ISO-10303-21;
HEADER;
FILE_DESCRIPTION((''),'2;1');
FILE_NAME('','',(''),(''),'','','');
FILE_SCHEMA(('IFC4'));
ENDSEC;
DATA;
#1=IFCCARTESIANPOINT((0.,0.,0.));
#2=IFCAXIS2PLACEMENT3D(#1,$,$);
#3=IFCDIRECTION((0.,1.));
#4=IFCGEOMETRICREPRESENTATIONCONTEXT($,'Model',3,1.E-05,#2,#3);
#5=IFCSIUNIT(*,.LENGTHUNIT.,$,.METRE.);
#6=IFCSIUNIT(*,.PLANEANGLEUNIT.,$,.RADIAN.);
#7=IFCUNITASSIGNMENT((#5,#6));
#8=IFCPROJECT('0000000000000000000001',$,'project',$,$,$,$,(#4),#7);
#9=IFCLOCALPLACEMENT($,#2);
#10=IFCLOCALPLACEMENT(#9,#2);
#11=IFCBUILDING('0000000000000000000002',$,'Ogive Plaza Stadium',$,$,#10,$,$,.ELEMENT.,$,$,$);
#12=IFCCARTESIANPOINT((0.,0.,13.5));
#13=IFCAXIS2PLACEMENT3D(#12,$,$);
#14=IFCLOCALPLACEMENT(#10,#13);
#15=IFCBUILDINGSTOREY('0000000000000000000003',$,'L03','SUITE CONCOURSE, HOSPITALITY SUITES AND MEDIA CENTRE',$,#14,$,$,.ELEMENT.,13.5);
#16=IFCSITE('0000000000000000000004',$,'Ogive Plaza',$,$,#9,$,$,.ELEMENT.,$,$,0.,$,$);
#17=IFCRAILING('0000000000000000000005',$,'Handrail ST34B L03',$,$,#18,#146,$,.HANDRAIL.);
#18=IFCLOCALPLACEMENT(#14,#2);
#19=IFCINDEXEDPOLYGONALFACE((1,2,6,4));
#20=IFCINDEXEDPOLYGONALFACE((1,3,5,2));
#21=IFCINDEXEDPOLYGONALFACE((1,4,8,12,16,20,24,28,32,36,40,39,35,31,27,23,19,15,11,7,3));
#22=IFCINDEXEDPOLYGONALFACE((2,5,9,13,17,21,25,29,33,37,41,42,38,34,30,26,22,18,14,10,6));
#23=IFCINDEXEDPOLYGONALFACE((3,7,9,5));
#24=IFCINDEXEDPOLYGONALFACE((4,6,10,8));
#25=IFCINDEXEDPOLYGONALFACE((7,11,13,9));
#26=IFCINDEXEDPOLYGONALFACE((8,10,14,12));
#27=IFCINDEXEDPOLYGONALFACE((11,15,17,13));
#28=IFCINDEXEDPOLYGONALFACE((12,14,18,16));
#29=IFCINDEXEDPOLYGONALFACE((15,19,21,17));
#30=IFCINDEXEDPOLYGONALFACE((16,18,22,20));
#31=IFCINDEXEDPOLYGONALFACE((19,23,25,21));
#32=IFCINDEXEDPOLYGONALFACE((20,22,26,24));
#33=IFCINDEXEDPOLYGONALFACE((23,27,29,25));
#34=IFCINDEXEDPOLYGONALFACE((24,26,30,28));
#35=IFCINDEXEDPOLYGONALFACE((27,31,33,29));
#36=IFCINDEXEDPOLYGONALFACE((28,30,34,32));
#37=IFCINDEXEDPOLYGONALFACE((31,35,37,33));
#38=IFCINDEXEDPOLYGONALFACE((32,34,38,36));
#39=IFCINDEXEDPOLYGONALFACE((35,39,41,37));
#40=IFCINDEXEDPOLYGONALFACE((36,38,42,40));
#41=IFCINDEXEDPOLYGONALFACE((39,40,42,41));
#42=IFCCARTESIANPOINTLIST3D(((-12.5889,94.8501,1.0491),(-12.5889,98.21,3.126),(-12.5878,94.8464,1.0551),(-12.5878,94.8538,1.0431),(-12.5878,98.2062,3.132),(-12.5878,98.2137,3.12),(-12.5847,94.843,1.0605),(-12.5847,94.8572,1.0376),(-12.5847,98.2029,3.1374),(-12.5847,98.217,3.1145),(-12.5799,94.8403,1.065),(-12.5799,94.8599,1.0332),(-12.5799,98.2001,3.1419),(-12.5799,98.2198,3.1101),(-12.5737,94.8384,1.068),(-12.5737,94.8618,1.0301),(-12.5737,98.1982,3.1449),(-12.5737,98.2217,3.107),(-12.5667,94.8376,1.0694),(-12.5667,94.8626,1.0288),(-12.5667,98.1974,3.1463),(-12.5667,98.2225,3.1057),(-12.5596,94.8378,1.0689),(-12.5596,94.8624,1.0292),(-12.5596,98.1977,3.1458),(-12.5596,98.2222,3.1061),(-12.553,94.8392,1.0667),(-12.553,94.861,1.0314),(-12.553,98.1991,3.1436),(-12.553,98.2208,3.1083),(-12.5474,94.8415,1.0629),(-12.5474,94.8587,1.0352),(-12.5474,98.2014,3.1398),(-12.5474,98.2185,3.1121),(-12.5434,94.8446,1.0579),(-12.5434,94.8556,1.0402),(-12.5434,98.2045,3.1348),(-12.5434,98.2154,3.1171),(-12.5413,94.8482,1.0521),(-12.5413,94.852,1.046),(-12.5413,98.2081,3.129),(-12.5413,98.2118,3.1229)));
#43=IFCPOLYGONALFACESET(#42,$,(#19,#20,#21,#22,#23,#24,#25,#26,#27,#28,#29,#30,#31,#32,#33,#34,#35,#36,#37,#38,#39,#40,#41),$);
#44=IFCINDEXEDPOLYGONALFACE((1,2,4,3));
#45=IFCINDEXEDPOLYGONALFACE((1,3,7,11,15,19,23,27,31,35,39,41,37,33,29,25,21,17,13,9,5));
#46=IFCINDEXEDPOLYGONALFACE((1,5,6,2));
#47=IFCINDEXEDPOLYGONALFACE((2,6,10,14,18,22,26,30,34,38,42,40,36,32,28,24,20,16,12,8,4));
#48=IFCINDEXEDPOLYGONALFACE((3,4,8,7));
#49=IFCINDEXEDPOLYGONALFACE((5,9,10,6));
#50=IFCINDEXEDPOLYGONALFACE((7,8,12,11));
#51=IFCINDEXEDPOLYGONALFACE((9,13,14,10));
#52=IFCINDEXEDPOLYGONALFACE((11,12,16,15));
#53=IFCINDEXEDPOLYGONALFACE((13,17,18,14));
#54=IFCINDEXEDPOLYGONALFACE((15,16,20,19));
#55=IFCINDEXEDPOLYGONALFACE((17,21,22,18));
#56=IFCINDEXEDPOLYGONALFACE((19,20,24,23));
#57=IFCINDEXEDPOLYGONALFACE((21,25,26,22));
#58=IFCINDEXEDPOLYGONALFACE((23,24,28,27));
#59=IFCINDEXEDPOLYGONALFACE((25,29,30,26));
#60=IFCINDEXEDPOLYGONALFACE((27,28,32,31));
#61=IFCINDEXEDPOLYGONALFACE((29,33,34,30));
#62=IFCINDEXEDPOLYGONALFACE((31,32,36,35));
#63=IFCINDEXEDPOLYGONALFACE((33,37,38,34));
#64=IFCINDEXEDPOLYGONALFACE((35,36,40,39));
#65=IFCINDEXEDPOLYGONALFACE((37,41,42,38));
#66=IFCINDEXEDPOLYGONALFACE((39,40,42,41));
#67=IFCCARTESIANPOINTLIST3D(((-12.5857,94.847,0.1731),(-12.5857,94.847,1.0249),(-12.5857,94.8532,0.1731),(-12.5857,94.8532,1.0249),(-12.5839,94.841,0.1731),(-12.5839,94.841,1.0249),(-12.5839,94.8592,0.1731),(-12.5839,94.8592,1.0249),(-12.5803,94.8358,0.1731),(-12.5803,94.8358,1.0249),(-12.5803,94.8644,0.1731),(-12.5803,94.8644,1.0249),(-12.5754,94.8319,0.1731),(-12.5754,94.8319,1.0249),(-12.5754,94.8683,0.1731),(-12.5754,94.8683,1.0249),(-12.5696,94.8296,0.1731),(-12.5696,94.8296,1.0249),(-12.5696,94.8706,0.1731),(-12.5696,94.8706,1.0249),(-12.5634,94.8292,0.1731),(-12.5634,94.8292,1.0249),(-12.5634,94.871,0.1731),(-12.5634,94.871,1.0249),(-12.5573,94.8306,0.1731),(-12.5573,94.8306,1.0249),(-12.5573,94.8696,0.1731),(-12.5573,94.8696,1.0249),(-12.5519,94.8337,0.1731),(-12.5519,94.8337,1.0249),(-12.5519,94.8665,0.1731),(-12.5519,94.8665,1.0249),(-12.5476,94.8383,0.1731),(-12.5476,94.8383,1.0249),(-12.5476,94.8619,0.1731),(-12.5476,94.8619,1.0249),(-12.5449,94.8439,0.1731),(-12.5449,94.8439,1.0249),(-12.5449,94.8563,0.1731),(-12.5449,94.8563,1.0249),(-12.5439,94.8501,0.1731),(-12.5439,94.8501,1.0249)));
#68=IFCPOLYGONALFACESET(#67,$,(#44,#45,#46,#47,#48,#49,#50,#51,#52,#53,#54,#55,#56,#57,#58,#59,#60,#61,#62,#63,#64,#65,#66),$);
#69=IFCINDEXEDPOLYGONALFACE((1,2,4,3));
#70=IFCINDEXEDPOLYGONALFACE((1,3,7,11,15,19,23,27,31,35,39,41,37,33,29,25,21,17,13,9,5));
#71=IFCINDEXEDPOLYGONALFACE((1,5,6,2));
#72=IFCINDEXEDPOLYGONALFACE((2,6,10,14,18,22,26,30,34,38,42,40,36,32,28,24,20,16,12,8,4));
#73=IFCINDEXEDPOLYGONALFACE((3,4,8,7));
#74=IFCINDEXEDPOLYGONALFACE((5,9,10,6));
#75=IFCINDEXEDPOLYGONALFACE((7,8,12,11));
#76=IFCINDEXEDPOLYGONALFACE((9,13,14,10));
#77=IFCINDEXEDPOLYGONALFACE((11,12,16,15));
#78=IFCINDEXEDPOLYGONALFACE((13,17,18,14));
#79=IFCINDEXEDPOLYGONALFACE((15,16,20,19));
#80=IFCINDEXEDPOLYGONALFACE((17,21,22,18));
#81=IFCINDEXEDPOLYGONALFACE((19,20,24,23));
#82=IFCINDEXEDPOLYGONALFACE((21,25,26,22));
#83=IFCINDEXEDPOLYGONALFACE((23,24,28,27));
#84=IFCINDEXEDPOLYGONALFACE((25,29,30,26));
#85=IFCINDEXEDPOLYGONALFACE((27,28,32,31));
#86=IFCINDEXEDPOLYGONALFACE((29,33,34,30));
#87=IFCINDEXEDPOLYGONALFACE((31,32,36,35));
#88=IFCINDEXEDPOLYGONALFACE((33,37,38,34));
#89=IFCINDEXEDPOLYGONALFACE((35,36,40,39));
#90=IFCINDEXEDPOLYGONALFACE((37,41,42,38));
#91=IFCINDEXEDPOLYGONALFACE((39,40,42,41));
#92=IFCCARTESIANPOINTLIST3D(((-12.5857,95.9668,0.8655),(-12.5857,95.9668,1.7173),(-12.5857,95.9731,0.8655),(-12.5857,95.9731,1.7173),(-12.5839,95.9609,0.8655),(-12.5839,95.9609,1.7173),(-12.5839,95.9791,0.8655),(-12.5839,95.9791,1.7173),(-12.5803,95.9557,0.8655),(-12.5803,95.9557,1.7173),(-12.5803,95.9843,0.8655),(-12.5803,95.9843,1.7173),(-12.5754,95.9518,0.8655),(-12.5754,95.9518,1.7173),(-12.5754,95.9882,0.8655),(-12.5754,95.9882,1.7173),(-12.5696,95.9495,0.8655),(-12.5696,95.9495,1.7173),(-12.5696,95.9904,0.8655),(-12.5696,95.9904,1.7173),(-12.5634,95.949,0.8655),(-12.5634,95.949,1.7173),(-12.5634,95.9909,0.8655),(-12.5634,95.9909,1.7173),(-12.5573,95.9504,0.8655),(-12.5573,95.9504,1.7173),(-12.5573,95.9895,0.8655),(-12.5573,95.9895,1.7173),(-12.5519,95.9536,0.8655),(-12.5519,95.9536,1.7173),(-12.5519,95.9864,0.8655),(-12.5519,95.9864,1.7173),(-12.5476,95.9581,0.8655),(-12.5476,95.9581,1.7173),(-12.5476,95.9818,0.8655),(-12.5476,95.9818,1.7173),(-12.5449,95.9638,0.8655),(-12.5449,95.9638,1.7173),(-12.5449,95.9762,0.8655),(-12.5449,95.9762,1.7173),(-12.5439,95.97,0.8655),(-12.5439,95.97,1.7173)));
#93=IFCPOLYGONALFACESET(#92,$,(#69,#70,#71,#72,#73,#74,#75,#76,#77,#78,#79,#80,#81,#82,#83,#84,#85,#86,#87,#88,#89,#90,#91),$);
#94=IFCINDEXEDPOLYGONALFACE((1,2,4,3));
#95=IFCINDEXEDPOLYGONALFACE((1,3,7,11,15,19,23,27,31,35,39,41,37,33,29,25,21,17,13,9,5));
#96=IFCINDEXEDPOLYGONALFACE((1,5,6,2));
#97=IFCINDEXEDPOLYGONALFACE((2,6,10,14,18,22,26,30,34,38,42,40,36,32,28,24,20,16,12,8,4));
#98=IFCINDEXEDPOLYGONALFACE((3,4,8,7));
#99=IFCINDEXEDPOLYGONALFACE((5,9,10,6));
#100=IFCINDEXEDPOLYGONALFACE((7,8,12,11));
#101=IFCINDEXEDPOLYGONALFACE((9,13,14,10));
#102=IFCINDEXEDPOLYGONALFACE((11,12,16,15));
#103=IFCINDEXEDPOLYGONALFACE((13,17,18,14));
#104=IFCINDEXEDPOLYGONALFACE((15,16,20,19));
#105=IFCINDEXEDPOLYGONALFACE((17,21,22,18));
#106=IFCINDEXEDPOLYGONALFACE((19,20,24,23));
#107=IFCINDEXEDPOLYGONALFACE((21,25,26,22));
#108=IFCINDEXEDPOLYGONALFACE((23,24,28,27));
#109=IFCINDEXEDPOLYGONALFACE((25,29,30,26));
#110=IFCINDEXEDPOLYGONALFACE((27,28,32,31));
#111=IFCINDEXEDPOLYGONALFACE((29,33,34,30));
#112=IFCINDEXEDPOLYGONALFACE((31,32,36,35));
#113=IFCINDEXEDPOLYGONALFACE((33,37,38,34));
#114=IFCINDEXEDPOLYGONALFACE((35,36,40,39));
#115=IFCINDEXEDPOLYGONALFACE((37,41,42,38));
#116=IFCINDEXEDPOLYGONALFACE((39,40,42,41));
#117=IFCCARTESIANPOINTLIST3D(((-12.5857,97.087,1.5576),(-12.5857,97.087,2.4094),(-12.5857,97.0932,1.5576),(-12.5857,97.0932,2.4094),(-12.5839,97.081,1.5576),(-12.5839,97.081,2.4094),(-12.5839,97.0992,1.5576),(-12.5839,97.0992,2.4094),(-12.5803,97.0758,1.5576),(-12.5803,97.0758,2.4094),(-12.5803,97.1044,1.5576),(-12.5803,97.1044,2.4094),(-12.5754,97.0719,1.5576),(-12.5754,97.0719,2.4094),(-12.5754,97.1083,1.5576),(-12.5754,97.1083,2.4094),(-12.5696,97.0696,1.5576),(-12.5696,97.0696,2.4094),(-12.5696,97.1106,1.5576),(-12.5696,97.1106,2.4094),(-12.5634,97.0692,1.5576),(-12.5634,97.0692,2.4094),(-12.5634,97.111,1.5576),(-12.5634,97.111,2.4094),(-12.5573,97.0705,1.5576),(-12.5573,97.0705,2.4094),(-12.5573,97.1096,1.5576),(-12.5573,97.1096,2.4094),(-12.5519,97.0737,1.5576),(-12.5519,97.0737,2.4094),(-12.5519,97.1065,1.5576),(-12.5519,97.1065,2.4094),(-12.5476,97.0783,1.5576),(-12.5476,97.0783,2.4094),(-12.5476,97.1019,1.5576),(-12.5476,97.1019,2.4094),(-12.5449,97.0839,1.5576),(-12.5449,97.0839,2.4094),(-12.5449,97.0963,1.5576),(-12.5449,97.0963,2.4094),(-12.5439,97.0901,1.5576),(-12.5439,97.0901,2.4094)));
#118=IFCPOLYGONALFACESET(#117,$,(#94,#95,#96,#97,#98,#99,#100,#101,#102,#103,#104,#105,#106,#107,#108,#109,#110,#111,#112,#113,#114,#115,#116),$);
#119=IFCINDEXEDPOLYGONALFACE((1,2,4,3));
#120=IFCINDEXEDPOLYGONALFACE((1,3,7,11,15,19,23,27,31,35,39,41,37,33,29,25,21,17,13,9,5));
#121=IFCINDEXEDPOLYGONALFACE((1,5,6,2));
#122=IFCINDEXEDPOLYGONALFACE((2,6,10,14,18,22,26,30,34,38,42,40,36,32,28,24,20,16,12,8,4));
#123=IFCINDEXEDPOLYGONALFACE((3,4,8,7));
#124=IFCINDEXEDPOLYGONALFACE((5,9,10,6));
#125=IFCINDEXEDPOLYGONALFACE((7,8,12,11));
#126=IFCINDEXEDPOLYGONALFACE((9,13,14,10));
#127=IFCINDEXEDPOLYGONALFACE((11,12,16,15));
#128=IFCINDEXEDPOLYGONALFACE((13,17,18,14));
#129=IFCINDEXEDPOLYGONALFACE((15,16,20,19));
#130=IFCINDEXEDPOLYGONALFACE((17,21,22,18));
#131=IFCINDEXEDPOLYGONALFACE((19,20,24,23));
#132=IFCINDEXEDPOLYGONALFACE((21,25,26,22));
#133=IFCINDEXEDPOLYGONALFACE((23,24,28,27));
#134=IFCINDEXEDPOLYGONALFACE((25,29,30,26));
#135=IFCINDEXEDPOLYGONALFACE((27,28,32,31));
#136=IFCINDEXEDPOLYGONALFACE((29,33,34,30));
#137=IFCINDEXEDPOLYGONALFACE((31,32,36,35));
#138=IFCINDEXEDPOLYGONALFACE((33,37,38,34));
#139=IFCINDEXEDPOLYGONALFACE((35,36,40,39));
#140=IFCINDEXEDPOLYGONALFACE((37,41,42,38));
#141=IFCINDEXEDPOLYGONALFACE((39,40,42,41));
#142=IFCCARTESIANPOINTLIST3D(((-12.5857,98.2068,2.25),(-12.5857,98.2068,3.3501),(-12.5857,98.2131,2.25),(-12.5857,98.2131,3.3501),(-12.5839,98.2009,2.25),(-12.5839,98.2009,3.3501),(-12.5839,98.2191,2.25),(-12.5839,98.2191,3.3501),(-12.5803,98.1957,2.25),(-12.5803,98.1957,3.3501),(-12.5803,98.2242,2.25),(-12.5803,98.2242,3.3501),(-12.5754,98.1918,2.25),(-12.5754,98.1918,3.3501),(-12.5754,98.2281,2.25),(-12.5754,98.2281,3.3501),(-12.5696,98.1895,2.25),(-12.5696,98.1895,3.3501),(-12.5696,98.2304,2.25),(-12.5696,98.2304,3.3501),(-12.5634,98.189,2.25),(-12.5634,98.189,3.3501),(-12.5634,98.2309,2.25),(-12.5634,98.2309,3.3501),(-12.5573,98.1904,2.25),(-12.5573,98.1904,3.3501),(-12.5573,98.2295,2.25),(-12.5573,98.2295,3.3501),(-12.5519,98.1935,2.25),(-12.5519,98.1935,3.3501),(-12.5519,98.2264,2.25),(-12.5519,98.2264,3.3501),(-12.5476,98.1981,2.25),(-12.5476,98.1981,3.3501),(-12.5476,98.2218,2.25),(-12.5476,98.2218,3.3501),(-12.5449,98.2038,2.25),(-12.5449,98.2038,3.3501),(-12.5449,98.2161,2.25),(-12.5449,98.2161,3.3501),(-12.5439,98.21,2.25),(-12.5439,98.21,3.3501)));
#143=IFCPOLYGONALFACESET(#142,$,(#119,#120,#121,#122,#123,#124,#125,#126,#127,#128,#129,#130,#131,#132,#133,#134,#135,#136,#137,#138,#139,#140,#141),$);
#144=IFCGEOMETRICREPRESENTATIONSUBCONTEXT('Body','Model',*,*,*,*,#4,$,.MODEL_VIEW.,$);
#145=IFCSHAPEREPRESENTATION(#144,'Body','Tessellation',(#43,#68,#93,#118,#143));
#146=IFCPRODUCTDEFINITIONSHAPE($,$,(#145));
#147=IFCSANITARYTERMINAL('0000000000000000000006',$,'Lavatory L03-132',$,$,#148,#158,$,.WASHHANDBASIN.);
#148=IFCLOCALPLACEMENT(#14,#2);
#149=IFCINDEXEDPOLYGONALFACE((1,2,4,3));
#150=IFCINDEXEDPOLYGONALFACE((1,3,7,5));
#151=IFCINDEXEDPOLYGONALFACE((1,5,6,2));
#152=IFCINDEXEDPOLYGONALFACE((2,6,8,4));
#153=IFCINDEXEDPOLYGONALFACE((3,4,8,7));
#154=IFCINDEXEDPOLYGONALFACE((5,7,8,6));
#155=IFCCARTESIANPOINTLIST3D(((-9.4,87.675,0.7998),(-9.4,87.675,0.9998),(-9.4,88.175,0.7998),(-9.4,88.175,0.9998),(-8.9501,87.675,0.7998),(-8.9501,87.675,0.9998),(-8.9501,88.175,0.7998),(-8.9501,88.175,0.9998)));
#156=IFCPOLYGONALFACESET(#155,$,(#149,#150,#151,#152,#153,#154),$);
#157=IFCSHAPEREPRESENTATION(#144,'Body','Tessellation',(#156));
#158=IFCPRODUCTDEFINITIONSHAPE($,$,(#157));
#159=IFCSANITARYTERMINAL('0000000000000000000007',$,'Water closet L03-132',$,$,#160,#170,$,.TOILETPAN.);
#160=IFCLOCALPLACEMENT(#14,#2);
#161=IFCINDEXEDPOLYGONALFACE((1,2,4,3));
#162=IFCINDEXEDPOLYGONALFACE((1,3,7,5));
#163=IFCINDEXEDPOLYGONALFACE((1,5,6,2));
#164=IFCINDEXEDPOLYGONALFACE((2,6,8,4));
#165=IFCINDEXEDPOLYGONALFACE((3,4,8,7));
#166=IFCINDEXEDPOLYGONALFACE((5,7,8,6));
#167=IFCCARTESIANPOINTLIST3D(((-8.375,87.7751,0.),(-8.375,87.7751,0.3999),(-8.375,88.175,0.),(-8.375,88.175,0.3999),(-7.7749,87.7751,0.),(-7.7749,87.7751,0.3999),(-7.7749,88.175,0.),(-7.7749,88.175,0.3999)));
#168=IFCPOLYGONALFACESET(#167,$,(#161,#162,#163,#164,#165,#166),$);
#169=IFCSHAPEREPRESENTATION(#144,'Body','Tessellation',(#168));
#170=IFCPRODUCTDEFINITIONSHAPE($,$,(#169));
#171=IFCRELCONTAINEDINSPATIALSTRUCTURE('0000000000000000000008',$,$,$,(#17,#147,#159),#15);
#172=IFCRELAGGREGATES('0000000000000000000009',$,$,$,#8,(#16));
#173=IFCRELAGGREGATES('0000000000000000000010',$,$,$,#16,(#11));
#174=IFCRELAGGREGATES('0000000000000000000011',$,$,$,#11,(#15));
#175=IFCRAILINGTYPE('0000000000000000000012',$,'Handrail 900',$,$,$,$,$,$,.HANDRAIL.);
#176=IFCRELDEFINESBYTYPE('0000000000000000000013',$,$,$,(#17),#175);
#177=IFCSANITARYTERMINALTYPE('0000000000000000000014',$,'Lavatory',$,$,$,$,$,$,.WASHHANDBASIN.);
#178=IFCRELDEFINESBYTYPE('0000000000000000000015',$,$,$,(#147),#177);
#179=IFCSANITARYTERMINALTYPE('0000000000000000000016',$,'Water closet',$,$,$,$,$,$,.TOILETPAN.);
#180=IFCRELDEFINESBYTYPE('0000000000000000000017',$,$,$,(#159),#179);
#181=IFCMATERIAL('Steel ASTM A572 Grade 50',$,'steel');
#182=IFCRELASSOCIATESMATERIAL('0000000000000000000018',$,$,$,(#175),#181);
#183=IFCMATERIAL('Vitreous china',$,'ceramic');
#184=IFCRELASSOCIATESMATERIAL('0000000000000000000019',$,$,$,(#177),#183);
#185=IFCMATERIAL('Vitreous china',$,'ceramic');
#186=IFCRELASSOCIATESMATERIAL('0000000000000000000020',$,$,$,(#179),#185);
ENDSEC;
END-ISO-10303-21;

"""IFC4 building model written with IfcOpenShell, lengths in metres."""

from ifc_helpers import new_model, si_unit, direction, frame, origin, origin_2d, place, context, subcontext, project, spatial, rectangle, circle, extrude, material, type_object, element, save


model = new_model("IFC4")

# Units and contexts
model_context = context("Model", 3, precision=1e-05, world=origin(), true_north=direction((0.0, 1.0)))
body_context = subcontext(model_context, "Body", "Model", "MODEL_VIEW")
ifc_project = project(units=[si_unit("LENGTHUNIT", "METRE"), si_unit("PLANEANGLEUNIT", "RADIAN")], contexts=[model_context])

# Site, building, storey
site_placement = place(None, origin())
site = spatial("IfcSite", under=ifc_project, at=site_placement, Name="Ogive Plaza", CompositionType="ELEMENT", RefElevation=0.0)
building_placement = place(site_placement, origin())
building = spatial("IfcBuilding", under=site, at=building_placement, Name="Ogive Plaza Stadium", CompositionType="ELEMENT")
storey_placement = place(building_placement, frame((0.0, 0.0, 13.5)))
storey = spatial("IfcBuildingStorey", under=building, at=storey_placement, Name="L03", Description="SUITE CONCOURSE, HOSPITALITY SUITES AND MEDIA CENTRE", CompositionType="ELEMENT", Elevation=13.5)

# Railing
ifc_material_1 = material(Name="Steel ASTM A572 Grade 50", Category="steel")
railing_type = type_object("IfcRailingType", Name="Handrail 900", PredefinedType="HANDRAIL", material=ifc_material_1)
railing_placement = place(storey_placement, frame((-12.5649, 94.8501, 0.1731)))
element("IfcRailing", 1, at=railing_placement, inside=storey, type_object=railing_type, Name="Handrail ST34B L03", PredefinedType="HANDRAIL", context=body_context, shape_type="SweptSolid", body=[
    extrude(circle(Radius=0.0239, at=origin_2d()), frame((0.0, 0.0, 0.876), z_axis=(0.0, 0.850606, 0.525803), x_axis=(-1.0, 0.0, 0.0)), (0.0, 0.0, 1.0), 3.95),
    extrude(circle(Radius=0.021, at=origin_2d()), origin(), (0.0, 0.0, 1.0), 0.8518),
    extrude(circle(Radius=0.021, at=origin_2d()), frame((0.0, 1.1199, 0.6924)), (0.0, 0.0, 1.0), 0.8518),
    extrude(circle(Radius=0.021, at=origin_2d()), frame((0.0, 2.24, 1.3845)), (0.0, 0.0, 1.0), 0.8518),
    extrude(circle(Radius=0.021, at=origin_2d()), frame((0.0, 3.3599, 2.0769)), (0.0, 0.0, 1.0), 1.1001),
])

# Sanitary terminals
ifc_material_2 = material(Name="Vitreous china", Category="ceramic")
sanitary_terminal_type_1 = type_object("IfcSanitaryTerminalType", Name="Lavatory", PredefinedType="WASHHANDBASIN", material=ifc_material_2)
sanitary_terminal_1_placement = place(storey_placement, frame((-9.175, 87.925, 0.7998), z_axis=(0.0, 0.0, 1.0), x_axis=(0.0, -1.0, 0.0)))
element("IfcSanitaryTerminal", 2, at=sanitary_terminal_1_placement, inside=storey, type_object=sanitary_terminal_type_1, Name="Lavatory L03-132", PredefinedType="WASHHANDBASIN", context=body_context, shape_type="SweptSolid", body=[
    extrude(rectangle(XDim=0.5, YDim=0.45, at=origin_2d()), origin(), (0.0, 0.0, 1.0), 0.2),
])
ifc_material_3 = material(Name="Vitreous china", Category="ceramic")
sanitary_terminal_type_2 = type_object("IfcSanitaryTerminalType", Name="Water closet", PredefinedType="TOILETPAN", material=ifc_material_3)
sanitary_terminal_2_placement = place(storey_placement, frame((-8.075, 87.9751, 0.0), z_axis=(0.0, 0.0, 1.0), x_axis=(0.0, -1.0, 0.0)))
element("IfcSanitaryTerminal", 3, at=sanitary_terminal_2_placement, inside=storey, type_object=sanitary_terminal_type_2, Name="Water closet L03-132", PredefinedType="TOILETPAN", context=body_context, shape_type="SweptSolid", body=[
    extrude(rectangle(XDim=0.3999, YDim=0.6001, at=origin_2d()), origin(), (0.0, 0.0, 1.0), 0.3999),
])

save(model, "model.ifc")
